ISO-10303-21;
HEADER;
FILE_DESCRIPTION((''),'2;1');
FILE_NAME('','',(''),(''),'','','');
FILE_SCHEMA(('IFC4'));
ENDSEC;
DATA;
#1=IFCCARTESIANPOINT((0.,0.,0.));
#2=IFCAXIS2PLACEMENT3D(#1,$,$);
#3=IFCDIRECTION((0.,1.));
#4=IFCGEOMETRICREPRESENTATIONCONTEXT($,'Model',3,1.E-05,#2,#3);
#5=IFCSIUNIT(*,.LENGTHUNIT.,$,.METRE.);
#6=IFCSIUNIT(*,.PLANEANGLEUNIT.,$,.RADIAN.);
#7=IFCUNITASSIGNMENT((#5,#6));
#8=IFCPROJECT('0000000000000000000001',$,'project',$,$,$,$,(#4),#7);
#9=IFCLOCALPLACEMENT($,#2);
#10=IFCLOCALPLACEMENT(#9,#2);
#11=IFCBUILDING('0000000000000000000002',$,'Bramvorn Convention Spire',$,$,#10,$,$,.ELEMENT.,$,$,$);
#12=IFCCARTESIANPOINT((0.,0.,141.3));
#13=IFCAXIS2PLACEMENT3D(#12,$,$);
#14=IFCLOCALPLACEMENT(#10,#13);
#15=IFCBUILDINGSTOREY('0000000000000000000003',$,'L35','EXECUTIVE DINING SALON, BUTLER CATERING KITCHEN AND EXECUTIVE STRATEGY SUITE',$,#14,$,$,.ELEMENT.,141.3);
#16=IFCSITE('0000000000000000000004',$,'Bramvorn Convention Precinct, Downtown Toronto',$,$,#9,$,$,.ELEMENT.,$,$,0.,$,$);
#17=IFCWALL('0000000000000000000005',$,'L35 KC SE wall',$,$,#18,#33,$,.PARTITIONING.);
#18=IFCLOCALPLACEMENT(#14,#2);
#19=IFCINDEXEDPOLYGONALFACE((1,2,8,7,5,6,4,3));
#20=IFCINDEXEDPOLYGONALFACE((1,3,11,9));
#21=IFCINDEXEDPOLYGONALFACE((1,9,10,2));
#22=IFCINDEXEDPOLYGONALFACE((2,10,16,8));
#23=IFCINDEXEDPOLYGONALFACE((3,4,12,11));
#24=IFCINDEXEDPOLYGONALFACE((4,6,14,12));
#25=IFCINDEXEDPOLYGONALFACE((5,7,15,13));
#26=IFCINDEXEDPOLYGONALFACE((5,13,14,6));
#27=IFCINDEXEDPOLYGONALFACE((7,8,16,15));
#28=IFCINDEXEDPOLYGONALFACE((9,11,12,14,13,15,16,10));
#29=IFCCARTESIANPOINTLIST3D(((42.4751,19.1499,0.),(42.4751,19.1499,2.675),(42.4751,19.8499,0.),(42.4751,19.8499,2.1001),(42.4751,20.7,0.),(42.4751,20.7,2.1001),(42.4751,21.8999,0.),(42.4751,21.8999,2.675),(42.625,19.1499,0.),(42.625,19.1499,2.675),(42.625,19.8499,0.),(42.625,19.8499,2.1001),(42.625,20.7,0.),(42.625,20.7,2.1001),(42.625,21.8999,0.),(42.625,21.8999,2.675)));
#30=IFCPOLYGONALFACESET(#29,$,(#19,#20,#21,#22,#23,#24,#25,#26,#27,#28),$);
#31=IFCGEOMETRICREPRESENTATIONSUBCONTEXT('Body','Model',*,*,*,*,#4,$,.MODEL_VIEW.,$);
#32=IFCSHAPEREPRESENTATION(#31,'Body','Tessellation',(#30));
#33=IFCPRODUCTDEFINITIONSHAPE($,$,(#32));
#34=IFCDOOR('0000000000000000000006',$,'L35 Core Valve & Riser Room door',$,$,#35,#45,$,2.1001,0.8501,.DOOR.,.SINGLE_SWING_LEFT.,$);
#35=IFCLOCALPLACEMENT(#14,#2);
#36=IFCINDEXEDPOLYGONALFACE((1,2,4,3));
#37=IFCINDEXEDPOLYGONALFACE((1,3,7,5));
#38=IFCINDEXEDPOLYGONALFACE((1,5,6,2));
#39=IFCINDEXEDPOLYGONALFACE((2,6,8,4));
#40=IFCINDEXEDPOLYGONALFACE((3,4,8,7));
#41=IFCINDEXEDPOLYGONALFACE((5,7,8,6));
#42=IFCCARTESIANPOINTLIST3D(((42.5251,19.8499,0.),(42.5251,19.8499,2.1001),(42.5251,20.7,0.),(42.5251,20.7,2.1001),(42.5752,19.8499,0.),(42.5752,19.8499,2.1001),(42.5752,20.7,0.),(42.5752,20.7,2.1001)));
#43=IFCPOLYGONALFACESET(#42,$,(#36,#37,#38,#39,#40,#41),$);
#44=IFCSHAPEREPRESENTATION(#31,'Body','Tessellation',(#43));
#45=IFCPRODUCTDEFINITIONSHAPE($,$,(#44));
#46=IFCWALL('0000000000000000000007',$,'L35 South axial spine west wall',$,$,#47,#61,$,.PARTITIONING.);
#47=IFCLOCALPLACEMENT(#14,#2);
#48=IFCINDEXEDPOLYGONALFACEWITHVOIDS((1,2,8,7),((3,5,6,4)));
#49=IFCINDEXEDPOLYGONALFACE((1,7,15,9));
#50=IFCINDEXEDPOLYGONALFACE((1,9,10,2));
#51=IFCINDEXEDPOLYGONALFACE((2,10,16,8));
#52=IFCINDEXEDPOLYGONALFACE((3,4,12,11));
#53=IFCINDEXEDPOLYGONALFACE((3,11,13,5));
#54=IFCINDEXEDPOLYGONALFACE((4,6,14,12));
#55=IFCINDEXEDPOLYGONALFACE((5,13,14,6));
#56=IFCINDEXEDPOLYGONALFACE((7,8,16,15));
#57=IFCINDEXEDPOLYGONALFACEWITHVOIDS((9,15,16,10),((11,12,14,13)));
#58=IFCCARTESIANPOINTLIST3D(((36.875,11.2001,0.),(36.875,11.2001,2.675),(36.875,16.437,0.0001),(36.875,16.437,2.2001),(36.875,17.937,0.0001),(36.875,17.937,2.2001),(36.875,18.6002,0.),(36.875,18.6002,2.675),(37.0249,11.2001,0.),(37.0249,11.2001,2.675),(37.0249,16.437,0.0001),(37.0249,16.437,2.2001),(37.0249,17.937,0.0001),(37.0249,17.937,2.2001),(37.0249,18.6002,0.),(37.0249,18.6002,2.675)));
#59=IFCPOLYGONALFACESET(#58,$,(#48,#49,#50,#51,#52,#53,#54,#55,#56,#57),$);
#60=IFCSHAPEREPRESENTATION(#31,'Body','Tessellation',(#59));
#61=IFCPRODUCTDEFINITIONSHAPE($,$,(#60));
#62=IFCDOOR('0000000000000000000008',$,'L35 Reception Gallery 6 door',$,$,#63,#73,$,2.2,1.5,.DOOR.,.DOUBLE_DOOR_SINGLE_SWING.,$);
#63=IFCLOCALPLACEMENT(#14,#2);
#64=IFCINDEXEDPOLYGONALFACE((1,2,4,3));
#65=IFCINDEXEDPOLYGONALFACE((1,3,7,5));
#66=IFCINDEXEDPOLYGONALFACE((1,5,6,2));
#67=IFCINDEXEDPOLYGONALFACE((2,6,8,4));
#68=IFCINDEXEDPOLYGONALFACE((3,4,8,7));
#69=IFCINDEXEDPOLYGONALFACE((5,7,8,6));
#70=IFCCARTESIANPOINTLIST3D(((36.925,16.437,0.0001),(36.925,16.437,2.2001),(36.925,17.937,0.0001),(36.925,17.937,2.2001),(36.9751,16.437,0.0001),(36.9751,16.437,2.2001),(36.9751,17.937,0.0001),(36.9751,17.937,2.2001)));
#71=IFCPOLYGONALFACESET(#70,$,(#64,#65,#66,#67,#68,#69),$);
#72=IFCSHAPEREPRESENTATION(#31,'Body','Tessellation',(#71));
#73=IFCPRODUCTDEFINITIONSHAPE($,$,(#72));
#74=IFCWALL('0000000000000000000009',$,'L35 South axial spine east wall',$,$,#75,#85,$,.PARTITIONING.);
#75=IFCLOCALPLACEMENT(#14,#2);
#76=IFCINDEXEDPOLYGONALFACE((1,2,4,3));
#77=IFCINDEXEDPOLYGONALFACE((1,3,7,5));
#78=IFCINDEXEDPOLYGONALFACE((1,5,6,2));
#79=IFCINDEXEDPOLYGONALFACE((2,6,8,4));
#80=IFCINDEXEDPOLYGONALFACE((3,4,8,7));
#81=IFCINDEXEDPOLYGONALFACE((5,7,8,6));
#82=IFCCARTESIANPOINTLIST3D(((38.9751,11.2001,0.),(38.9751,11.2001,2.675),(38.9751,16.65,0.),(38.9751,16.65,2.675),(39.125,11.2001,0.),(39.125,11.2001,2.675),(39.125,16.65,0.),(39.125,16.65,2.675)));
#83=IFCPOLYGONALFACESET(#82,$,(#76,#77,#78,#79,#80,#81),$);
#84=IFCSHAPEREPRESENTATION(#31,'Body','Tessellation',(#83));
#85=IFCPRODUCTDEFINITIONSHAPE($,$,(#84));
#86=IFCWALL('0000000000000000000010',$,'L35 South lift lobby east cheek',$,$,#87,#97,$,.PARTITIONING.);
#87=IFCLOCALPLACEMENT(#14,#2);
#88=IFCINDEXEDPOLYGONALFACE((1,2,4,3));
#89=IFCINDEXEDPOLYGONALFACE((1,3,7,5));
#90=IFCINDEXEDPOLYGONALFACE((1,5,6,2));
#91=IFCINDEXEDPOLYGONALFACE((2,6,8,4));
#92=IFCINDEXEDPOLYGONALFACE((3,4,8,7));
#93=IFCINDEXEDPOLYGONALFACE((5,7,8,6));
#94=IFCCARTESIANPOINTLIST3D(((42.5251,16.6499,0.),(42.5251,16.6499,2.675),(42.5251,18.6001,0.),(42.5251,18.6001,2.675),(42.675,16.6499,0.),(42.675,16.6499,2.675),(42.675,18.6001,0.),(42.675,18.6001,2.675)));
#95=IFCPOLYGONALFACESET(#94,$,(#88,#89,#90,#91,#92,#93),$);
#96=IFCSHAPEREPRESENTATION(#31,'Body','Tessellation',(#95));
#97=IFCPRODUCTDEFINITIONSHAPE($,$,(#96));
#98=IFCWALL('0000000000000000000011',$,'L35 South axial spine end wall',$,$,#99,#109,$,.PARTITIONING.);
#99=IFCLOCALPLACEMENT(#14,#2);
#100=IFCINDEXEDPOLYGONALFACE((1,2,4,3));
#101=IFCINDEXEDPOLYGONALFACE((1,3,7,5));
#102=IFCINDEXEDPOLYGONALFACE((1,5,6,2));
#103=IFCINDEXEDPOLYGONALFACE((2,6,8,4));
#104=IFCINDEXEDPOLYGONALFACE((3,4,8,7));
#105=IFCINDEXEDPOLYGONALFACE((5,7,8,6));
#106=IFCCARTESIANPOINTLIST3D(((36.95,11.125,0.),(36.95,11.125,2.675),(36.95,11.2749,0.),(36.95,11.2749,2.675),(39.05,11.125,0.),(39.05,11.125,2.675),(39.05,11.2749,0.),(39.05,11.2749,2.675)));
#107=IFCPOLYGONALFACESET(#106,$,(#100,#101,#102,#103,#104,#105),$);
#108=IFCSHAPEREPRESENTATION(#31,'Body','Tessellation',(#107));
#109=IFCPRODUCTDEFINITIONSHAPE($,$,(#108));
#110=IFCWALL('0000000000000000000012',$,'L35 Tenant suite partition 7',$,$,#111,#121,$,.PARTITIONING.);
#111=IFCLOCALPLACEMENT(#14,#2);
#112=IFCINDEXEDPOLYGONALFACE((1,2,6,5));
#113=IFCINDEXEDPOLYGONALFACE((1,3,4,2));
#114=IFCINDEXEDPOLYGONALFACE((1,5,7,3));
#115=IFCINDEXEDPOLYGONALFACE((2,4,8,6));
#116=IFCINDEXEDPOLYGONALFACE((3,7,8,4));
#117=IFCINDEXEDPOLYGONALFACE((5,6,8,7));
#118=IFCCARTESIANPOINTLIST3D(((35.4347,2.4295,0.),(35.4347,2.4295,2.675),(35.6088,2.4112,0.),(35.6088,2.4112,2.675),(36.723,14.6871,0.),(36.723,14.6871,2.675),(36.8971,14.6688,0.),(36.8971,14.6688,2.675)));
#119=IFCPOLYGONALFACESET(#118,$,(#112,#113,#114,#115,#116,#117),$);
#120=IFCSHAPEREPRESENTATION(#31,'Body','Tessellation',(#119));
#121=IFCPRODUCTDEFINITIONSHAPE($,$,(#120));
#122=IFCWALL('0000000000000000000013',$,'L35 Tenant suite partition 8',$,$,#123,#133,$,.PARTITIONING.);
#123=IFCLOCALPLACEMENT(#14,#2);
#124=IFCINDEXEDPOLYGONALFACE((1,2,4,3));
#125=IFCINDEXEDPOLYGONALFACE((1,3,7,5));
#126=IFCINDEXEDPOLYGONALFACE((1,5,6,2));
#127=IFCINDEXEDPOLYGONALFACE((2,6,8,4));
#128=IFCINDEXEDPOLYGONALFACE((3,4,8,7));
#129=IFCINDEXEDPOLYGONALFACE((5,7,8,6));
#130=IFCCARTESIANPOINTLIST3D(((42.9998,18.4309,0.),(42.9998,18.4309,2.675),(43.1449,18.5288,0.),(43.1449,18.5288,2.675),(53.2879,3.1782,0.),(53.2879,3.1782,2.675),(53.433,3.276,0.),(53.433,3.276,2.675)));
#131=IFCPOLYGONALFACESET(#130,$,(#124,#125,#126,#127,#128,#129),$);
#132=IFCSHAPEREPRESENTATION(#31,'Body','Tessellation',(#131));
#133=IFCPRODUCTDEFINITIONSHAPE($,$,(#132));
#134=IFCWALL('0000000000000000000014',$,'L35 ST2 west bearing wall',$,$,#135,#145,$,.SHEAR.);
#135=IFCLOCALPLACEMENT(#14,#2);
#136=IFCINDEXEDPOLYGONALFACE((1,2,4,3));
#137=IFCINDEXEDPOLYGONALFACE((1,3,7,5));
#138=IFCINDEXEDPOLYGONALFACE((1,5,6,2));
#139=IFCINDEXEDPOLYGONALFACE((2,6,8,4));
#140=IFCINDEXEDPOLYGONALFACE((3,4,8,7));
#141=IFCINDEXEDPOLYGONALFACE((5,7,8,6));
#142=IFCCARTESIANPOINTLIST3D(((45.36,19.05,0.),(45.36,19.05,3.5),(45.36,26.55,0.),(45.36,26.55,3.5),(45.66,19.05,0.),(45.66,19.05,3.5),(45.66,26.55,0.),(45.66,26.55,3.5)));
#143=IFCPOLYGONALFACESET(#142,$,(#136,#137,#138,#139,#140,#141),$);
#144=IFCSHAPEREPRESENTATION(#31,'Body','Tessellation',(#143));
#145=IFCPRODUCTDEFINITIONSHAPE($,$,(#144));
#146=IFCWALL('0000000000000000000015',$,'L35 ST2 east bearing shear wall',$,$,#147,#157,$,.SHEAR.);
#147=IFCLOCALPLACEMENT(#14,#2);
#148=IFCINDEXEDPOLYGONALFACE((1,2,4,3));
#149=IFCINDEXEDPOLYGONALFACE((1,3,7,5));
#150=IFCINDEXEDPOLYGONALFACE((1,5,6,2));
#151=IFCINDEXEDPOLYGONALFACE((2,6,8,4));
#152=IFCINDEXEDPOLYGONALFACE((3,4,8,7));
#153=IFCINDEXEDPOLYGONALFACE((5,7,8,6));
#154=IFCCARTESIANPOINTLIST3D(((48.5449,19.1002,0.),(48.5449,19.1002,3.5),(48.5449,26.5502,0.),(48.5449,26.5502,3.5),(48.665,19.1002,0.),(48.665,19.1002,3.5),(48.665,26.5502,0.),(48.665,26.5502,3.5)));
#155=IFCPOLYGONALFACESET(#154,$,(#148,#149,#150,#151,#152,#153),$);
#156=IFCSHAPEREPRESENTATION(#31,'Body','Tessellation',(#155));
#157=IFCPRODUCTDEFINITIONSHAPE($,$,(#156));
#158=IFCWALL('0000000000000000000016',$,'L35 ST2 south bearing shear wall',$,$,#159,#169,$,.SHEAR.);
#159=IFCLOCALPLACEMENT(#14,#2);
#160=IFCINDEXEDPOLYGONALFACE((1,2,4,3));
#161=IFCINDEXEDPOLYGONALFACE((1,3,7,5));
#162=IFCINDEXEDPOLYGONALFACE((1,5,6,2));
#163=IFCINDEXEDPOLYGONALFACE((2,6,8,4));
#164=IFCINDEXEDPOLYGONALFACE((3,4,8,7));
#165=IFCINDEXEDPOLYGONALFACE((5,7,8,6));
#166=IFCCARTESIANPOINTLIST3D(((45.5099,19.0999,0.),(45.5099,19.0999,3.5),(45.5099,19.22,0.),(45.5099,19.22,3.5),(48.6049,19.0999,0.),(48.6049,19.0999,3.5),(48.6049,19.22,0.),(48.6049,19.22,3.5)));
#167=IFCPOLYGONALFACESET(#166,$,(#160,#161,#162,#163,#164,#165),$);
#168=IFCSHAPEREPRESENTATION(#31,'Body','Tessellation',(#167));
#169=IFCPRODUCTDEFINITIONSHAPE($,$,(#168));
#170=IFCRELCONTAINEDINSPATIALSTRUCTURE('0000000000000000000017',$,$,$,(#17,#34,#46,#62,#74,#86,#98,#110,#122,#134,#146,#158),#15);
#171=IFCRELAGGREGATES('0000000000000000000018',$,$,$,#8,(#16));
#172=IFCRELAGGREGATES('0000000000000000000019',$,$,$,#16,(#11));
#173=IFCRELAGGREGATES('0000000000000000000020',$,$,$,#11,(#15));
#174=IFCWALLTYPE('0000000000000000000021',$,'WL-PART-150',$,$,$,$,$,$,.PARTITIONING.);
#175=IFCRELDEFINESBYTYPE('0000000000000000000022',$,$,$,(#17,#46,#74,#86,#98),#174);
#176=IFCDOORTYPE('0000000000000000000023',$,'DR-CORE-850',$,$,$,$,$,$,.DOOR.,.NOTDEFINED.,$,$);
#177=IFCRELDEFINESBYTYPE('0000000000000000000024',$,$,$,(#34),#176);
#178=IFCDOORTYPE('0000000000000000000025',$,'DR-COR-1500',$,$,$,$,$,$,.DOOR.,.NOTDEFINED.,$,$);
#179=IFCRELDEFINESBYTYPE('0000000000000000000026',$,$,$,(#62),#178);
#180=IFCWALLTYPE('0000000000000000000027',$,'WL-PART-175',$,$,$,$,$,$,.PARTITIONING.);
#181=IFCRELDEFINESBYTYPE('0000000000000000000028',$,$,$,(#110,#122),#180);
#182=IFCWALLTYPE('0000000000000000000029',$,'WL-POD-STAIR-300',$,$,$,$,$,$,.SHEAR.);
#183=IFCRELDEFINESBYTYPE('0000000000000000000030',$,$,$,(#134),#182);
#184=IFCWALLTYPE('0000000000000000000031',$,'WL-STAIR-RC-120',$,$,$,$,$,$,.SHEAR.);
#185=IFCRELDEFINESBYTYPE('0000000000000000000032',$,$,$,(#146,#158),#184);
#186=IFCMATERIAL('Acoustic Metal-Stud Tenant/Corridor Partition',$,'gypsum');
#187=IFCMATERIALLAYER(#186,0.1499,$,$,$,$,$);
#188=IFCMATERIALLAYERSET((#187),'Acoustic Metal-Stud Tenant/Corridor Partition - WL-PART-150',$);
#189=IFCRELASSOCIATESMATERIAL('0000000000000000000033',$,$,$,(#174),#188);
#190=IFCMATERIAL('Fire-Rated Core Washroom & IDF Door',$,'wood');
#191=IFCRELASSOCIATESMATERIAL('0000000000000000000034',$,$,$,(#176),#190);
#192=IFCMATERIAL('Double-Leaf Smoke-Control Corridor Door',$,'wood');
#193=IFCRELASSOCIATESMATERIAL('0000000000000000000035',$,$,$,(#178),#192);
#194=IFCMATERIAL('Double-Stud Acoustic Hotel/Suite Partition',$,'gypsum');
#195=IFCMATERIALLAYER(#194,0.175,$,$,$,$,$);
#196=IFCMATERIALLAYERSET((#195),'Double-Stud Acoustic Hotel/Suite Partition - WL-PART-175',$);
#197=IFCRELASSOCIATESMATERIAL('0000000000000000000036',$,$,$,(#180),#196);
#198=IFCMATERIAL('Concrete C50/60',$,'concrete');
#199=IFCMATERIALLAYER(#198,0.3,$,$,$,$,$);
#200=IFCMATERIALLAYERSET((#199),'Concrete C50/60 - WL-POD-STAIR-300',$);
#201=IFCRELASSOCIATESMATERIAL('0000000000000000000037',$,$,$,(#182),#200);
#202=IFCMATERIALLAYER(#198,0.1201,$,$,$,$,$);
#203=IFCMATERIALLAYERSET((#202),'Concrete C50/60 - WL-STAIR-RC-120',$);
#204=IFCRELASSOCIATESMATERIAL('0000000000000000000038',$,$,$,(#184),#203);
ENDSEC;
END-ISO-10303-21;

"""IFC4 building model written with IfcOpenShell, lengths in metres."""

from ifc_helpers import new_model, si_unit, direction, frame, frame_2d, origin, place, context, subcontext, project, spatial, rectangle, extrude, material, layer, layer_set, type_object, element, fill, save


model = new_model("IFC4")

# Units and contexts
model_context = context("Model", 3, precision=1e-05, world=origin(), true_north=direction((0.0, 1.0)))
body_context = subcontext(model_context, "Body", "Model", "MODEL_VIEW")
ifc_project = project(units=[si_unit("LENGTHUNIT", "METRE"), si_unit("PLANEANGLEUNIT", "RADIAN")], contexts=[model_context])

# Site, building, storey
site_placement = place(None, origin())
site = spatial("IfcSite", under=ifc_project, at=site_placement, Name="Bramvorn Convention Precinct, Downtown Toronto", CompositionType="ELEMENT", RefElevation=0.0)
building_placement = place(site_placement, origin())
building = spatial("IfcBuilding", under=site, at=building_placement, Name="Bramvorn Convention Spire", CompositionType="ELEMENT")
storey_placement = place(building_placement, frame((0.0, 0.0, 141.3)))
storey = spatial("IfcBuildingStorey", under=building, at=storey_placement, Name="L35", Description="EXECUTIVE DINING SALON, BUTLER CATERING KITCHEN AND EXECUTIVE STRATEGY SUITE", CompositionType="ELEMENT", Elevation=141.3)

# Shared definitions
ifc_material_1 = material(Name="Concrete C50/60", Category="concrete")

# Walls, openings, doors
ifc_material_2 = material(Name="Acoustic Metal-Stud Tenant/Corridor Partition", Category="gypsum")
ifc_layer_1 = layer(ifc_material_2, 0.1499)
ifc_layer_set_1 = layer_set([ifc_layer_1], Name="Acoustic Metal-Stud Tenant/Corridor Partition - WL-PART-150")
wall_type_1 = type_object("IfcWallType", Name="WL-PART-150", PredefinedType="PARTITIONING", material=ifc_layer_set_1)
wall_1_placement = place(storey_placement, frame((42.55, 19.1499, 0.0), z_axis=(0.0, 0.0, 1.0), x_axis=(0.0, 1.0, 0.0)))
wall_1 = element("IfcWall", 1, at=wall_1_placement, inside=storey, type_object=wall_type_1, Name="L35 KC SE wall", PredefinedType="PARTITIONING", context=body_context, shape_type="SweptSolid", body=[
    extrude(rectangle(XDim=2.75, YDim=0.1499, at=frame_2d((1.375, 0.0))), origin(), (0.0, 0.0, 1.0), 2.675),
])
opening_1_placement = place(wall_1_placement, frame((0.7, 0.0, 0.0)))
opening_1 = element("IfcOpeningElement", 2, at=opening_1_placement, cuts=wall_1, PredefinedType="OPENING", context=body_context, shape_type="SweptSolid", body=[
    extrude(rectangle(XDim=0.8501, YDim=2.1001, at=frame_2d((0.425, 1.05))), frame((0.0, 0.085, 0.0), z_axis=(0.0, -1.0, 0.0), x_axis=(1.0, 0.0, 0.0)), (0.0, 0.0, 1.0), 0.1699),
])
ifc_material_3 = material(Name="Fire-Rated Core Washroom & IDF Door", Category="wood")
door_type_1 = type_object("IfcDoorType", Name="DR-CORE-850", OperationType="NOTDEFINED", PredefinedType="DOOR", material=ifc_material_3)
door_1_placement = place(opening_1_placement, origin())
door_1 = element("IfcDoor", 3, at=door_1_placement, inside=storey, type_object=door_type_1, Name="L35 Core Valve & Riser Room door", OperationType="SINGLE_SWING_LEFT", OverallHeight=2.1001, OverallWidth=0.8501, PredefinedType="DOOR", context=body_context, shape_type="SweptSolid", body=[
    extrude(rectangle(XDim=0.8501, YDim=2.1001, at=frame_2d((0.425, 1.05))), frame((0.0, 0.0249, 0.0), z_axis=(0.0, -1.0, 0.0), x_axis=(1.0, 0.0, 0.0)), (0.0, 0.0, 1.0), 0.05),
])
fill(opening_1, door_1)
wall_2_placement = place(storey_placement, frame((36.95, 11.2, 0.0), z_axis=(0.0, 0.0, 1.0), x_axis=(0.0, 1.0, 0.0)))
wall_2 = element("IfcWall", 4, at=wall_2_placement, inside=storey, type_object=wall_type_1, Name="L35 South axial spine west wall", PredefinedType="PARTITIONING", context=body_context, shape_type="SweptSolid", body=[
    extrude(rectangle(XDim=7.4001, YDim=0.1499, at=frame_2d((3.7002, 0.0))), origin(), (0.0, 0.0, 1.0), 2.675),
])
opening_2_placement = place(wall_2_placement, frame((5.2371, 0.0, 0.0)))
opening_2 = element("IfcOpeningElement", 5, at=opening_2_placement, cuts=wall_2, PredefinedType="OPENING", context=body_context, shape_type="SweptSolid", body=[
    extrude(rectangle(XDim=1.5, YDim=2.2, at=frame_2d((0.75, 1.1001))), frame((0.0, 0.085, 0.0), z_axis=(0.0, -1.0, 0.0), x_axis=(1.0, 0.0, 0.0)), (0.0, 0.0, 1.0), 0.1699),
])
ifc_material_4 = material(Name="Double-Leaf Smoke-Control Corridor Door", Category="wood")
door_type_2 = type_object("IfcDoorType", Name="DR-COR-1500", OperationType="NOTDEFINED", PredefinedType="DOOR", material=ifc_material_4)
door_2_placement = place(opening_2_placement, origin())
door_2 = element("IfcDoor", 6, at=door_2_placement, inside=storey, type_object=door_type_2, Name="L35 Reception Gallery 6 door", OperationType="DOUBLE_DOOR_SINGLE_SWING", OverallHeight=2.2, OverallWidth=1.5, PredefinedType="DOOR", context=body_context, shape_type="SweptSolid", body=[
    extrude(rectangle(XDim=1.5, YDim=2.2, at=frame_2d((0.75, 1.1001))), frame((0.0, 0.0249, 0.0), z_axis=(0.0, -1.0, 0.0), x_axis=(1.0, 0.0, 0.0)), (0.0, 0.0, 1.0), 0.05),
])
fill(opening_2, door_2)

# Wall
wall_3_placement = place(storey_placement, frame((39.05, 11.2, 0.0), z_axis=(0.0, 0.0, 1.0), x_axis=(0.0, 1.0, 0.0)))
element("IfcWall", 7, at=wall_3_placement, inside=storey, type_object=wall_type_1, Name="L35 South axial spine east wall", PredefinedType="PARTITIONING", context=body_context, shape_type="SweptSolid", body=[
    extrude(rectangle(XDim=5.45, YDim=0.1499, at=frame_2d((2.7251, 0.0))), origin(), (0.0, 0.0, 1.0), 2.675),
])

# Walls
wall_4_placement = place(storey_placement, frame((42.6001, 16.6499, 0.0), z_axis=(0.0, 0.0, 1.0), x_axis=(0.0, 1.0, 0.0)))
element("IfcWall", 8, at=wall_4_placement, inside=storey, type_object=wall_type_1, Name="L35 South lift lobby east cheek", PredefinedType="PARTITIONING", context=body_context, shape_type="SweptSolid", body=[
    extrude(rectangle(XDim=1.9502, YDim=0.1499, at=frame_2d((0.9751, 0.0))), origin(), (0.0, 0.0, 1.0), 2.675),
])
wall_5_placement = place(storey_placement, frame((36.95, 11.2, 0.0), z_axis=(0.0, 0.0, 1.0), x_axis=(1.0, 0.0, 0.0)))
element("IfcWall", 9, at=wall_5_placement, inside=storey, type_object=wall_type_1, Name="L35 South axial spine end wall", PredefinedType="PARTITIONING", context=body_context, shape_type="SweptSolid", body=[
    extrude(rectangle(XDim=2.1001, YDim=0.1499, at=frame_2d((1.05, 0.0))), origin(), (0.0, 0.0, 1.0), 2.675),
])
ifc_material_5 = material(Name="Double-Stud Acoustic Hotel/Suite Partition", Category="gypsum")
ifc_layer_2 = layer(ifc_material_5, 0.175)
ifc_layer_set_2 = layer_set([ifc_layer_2], Name="Double-Stud Acoustic Hotel/Suite Partition - WL-PART-175")
wall_type_2 = type_object("IfcWallType", Name="WL-PART-175", PredefinedType="PARTITIONING", material=ifc_layer_set_2)
wall_6_placement = place(storey_placement, frame((36.8101, 14.678, 0.0), z_axis=(0.0, 0.0, 1.0), x_axis=(-0.104529, -0.994522, 0.0)))
element("IfcWall", 10, at=wall_6_placement, inside=storey, type_object=wall_type_2, Name="L35 Tenant suite partition 7", PredefinedType="PARTITIONING", context=body_context, shape_type="SweptSolid", body=[
    extrude(rectangle(XDim=12.3252, YDim=0.175, at=frame_2d((6.1626, 0.0))), origin(), (0.0, 0.0, 1.0), 2.675),
])
wall_7_placement = place(storey_placement, frame((43.0723, 18.48, 0.0), z_axis=(0.0, 0.0, 1.0), x_axis=(0.559194, -0.829037, 0.0)))
element("IfcWall", 11, at=wall_7_placement, inside=storey, type_object=wall_type_2, Name="L35 Tenant suite partition 8", PredefinedType="PARTITIONING", context=body_context, shape_type="SweptSolid", body=[
    extrude(rectangle(XDim=18.3982, YDim=0.175, at=frame_2d((9.1992, 0.0))), origin(), (0.0, 0.0, 1.0), 2.675),
])
ifc_layer_3 = layer(ifc_material_1, 0.3)
ifc_layer_set_3 = layer_set([ifc_layer_3], Name="Concrete C50/60 - WL-POD-STAIR-300")
wall_type_3 = type_object("IfcWallType", Name="WL-POD-STAIR-300", PredefinedType="SHEAR", material=ifc_layer_set_3)
wall_8_placement = place(storey_placement, frame((45.51, 19.05, 0.0), z_axis=(0.0, 0.0, 1.0), x_axis=(0.0, 1.0, 0.0)))
element("IfcWall", 12, at=wall_8_placement, inside=storey, type_object=wall_type_3, Name="L35 ST2 west bearing wall", PredefinedType="SHEAR", context=body_context, shape_type="SweptSolid", body=[
    extrude(rectangle(XDim=7.5, YDim=0.3, at=frame_2d((3.75, 0.0))), origin(), (0.0, 0.0, 1.0), 3.5),
])
ifc_layer_4 = layer(ifc_material_1, 0.1201)
ifc_layer_set_4 = layer_set([ifc_layer_4], Name="Concrete C50/60 - WL-STAIR-RC-120")
wall_type_4 = type_object("IfcWallType", Name="WL-STAIR-RC-120", PredefinedType="SHEAR", material=ifc_layer_set_4)
wall_9_placement = place(storey_placement, frame((48.605, 19.1001, 0.0), z_axis=(0.0, 0.0, 1.0), x_axis=(0.0, 1.0, 0.0)))
element("IfcWall", 13, at=wall_9_placement, inside=storey, type_object=wall_type_4, Name="L35 ST2 east bearing shear wall", PredefinedType="SHEAR", context=body_context, shape_type="SweptSolid", body=[
    extrude(rectangle(XDim=7.45, YDim=0.1201, at=frame_2d((3.7251, 0.0))), origin(), (0.0, 0.0, 1.0), 3.5),
])
wall_10_placement = place(storey_placement, frame((45.51, 19.1599, 0.0), z_axis=(0.0, 0.0, 1.0), x_axis=(1.0, 0.0, 0.0)))
element("IfcWall", 14, at=wall_10_placement, inside=storey, type_object=wall_type_4, Name="L35 ST2 south bearing shear wall", PredefinedType="SHEAR", context=body_context, shape_type="SweptSolid", body=[
    extrude(rectangle(XDim=3.095, YDim=0.1201, at=frame_2d((1.5474, 0.0))), origin(), (0.0, 0.0, 1.0), 3.5),
])

save(model, "model.ifc")
